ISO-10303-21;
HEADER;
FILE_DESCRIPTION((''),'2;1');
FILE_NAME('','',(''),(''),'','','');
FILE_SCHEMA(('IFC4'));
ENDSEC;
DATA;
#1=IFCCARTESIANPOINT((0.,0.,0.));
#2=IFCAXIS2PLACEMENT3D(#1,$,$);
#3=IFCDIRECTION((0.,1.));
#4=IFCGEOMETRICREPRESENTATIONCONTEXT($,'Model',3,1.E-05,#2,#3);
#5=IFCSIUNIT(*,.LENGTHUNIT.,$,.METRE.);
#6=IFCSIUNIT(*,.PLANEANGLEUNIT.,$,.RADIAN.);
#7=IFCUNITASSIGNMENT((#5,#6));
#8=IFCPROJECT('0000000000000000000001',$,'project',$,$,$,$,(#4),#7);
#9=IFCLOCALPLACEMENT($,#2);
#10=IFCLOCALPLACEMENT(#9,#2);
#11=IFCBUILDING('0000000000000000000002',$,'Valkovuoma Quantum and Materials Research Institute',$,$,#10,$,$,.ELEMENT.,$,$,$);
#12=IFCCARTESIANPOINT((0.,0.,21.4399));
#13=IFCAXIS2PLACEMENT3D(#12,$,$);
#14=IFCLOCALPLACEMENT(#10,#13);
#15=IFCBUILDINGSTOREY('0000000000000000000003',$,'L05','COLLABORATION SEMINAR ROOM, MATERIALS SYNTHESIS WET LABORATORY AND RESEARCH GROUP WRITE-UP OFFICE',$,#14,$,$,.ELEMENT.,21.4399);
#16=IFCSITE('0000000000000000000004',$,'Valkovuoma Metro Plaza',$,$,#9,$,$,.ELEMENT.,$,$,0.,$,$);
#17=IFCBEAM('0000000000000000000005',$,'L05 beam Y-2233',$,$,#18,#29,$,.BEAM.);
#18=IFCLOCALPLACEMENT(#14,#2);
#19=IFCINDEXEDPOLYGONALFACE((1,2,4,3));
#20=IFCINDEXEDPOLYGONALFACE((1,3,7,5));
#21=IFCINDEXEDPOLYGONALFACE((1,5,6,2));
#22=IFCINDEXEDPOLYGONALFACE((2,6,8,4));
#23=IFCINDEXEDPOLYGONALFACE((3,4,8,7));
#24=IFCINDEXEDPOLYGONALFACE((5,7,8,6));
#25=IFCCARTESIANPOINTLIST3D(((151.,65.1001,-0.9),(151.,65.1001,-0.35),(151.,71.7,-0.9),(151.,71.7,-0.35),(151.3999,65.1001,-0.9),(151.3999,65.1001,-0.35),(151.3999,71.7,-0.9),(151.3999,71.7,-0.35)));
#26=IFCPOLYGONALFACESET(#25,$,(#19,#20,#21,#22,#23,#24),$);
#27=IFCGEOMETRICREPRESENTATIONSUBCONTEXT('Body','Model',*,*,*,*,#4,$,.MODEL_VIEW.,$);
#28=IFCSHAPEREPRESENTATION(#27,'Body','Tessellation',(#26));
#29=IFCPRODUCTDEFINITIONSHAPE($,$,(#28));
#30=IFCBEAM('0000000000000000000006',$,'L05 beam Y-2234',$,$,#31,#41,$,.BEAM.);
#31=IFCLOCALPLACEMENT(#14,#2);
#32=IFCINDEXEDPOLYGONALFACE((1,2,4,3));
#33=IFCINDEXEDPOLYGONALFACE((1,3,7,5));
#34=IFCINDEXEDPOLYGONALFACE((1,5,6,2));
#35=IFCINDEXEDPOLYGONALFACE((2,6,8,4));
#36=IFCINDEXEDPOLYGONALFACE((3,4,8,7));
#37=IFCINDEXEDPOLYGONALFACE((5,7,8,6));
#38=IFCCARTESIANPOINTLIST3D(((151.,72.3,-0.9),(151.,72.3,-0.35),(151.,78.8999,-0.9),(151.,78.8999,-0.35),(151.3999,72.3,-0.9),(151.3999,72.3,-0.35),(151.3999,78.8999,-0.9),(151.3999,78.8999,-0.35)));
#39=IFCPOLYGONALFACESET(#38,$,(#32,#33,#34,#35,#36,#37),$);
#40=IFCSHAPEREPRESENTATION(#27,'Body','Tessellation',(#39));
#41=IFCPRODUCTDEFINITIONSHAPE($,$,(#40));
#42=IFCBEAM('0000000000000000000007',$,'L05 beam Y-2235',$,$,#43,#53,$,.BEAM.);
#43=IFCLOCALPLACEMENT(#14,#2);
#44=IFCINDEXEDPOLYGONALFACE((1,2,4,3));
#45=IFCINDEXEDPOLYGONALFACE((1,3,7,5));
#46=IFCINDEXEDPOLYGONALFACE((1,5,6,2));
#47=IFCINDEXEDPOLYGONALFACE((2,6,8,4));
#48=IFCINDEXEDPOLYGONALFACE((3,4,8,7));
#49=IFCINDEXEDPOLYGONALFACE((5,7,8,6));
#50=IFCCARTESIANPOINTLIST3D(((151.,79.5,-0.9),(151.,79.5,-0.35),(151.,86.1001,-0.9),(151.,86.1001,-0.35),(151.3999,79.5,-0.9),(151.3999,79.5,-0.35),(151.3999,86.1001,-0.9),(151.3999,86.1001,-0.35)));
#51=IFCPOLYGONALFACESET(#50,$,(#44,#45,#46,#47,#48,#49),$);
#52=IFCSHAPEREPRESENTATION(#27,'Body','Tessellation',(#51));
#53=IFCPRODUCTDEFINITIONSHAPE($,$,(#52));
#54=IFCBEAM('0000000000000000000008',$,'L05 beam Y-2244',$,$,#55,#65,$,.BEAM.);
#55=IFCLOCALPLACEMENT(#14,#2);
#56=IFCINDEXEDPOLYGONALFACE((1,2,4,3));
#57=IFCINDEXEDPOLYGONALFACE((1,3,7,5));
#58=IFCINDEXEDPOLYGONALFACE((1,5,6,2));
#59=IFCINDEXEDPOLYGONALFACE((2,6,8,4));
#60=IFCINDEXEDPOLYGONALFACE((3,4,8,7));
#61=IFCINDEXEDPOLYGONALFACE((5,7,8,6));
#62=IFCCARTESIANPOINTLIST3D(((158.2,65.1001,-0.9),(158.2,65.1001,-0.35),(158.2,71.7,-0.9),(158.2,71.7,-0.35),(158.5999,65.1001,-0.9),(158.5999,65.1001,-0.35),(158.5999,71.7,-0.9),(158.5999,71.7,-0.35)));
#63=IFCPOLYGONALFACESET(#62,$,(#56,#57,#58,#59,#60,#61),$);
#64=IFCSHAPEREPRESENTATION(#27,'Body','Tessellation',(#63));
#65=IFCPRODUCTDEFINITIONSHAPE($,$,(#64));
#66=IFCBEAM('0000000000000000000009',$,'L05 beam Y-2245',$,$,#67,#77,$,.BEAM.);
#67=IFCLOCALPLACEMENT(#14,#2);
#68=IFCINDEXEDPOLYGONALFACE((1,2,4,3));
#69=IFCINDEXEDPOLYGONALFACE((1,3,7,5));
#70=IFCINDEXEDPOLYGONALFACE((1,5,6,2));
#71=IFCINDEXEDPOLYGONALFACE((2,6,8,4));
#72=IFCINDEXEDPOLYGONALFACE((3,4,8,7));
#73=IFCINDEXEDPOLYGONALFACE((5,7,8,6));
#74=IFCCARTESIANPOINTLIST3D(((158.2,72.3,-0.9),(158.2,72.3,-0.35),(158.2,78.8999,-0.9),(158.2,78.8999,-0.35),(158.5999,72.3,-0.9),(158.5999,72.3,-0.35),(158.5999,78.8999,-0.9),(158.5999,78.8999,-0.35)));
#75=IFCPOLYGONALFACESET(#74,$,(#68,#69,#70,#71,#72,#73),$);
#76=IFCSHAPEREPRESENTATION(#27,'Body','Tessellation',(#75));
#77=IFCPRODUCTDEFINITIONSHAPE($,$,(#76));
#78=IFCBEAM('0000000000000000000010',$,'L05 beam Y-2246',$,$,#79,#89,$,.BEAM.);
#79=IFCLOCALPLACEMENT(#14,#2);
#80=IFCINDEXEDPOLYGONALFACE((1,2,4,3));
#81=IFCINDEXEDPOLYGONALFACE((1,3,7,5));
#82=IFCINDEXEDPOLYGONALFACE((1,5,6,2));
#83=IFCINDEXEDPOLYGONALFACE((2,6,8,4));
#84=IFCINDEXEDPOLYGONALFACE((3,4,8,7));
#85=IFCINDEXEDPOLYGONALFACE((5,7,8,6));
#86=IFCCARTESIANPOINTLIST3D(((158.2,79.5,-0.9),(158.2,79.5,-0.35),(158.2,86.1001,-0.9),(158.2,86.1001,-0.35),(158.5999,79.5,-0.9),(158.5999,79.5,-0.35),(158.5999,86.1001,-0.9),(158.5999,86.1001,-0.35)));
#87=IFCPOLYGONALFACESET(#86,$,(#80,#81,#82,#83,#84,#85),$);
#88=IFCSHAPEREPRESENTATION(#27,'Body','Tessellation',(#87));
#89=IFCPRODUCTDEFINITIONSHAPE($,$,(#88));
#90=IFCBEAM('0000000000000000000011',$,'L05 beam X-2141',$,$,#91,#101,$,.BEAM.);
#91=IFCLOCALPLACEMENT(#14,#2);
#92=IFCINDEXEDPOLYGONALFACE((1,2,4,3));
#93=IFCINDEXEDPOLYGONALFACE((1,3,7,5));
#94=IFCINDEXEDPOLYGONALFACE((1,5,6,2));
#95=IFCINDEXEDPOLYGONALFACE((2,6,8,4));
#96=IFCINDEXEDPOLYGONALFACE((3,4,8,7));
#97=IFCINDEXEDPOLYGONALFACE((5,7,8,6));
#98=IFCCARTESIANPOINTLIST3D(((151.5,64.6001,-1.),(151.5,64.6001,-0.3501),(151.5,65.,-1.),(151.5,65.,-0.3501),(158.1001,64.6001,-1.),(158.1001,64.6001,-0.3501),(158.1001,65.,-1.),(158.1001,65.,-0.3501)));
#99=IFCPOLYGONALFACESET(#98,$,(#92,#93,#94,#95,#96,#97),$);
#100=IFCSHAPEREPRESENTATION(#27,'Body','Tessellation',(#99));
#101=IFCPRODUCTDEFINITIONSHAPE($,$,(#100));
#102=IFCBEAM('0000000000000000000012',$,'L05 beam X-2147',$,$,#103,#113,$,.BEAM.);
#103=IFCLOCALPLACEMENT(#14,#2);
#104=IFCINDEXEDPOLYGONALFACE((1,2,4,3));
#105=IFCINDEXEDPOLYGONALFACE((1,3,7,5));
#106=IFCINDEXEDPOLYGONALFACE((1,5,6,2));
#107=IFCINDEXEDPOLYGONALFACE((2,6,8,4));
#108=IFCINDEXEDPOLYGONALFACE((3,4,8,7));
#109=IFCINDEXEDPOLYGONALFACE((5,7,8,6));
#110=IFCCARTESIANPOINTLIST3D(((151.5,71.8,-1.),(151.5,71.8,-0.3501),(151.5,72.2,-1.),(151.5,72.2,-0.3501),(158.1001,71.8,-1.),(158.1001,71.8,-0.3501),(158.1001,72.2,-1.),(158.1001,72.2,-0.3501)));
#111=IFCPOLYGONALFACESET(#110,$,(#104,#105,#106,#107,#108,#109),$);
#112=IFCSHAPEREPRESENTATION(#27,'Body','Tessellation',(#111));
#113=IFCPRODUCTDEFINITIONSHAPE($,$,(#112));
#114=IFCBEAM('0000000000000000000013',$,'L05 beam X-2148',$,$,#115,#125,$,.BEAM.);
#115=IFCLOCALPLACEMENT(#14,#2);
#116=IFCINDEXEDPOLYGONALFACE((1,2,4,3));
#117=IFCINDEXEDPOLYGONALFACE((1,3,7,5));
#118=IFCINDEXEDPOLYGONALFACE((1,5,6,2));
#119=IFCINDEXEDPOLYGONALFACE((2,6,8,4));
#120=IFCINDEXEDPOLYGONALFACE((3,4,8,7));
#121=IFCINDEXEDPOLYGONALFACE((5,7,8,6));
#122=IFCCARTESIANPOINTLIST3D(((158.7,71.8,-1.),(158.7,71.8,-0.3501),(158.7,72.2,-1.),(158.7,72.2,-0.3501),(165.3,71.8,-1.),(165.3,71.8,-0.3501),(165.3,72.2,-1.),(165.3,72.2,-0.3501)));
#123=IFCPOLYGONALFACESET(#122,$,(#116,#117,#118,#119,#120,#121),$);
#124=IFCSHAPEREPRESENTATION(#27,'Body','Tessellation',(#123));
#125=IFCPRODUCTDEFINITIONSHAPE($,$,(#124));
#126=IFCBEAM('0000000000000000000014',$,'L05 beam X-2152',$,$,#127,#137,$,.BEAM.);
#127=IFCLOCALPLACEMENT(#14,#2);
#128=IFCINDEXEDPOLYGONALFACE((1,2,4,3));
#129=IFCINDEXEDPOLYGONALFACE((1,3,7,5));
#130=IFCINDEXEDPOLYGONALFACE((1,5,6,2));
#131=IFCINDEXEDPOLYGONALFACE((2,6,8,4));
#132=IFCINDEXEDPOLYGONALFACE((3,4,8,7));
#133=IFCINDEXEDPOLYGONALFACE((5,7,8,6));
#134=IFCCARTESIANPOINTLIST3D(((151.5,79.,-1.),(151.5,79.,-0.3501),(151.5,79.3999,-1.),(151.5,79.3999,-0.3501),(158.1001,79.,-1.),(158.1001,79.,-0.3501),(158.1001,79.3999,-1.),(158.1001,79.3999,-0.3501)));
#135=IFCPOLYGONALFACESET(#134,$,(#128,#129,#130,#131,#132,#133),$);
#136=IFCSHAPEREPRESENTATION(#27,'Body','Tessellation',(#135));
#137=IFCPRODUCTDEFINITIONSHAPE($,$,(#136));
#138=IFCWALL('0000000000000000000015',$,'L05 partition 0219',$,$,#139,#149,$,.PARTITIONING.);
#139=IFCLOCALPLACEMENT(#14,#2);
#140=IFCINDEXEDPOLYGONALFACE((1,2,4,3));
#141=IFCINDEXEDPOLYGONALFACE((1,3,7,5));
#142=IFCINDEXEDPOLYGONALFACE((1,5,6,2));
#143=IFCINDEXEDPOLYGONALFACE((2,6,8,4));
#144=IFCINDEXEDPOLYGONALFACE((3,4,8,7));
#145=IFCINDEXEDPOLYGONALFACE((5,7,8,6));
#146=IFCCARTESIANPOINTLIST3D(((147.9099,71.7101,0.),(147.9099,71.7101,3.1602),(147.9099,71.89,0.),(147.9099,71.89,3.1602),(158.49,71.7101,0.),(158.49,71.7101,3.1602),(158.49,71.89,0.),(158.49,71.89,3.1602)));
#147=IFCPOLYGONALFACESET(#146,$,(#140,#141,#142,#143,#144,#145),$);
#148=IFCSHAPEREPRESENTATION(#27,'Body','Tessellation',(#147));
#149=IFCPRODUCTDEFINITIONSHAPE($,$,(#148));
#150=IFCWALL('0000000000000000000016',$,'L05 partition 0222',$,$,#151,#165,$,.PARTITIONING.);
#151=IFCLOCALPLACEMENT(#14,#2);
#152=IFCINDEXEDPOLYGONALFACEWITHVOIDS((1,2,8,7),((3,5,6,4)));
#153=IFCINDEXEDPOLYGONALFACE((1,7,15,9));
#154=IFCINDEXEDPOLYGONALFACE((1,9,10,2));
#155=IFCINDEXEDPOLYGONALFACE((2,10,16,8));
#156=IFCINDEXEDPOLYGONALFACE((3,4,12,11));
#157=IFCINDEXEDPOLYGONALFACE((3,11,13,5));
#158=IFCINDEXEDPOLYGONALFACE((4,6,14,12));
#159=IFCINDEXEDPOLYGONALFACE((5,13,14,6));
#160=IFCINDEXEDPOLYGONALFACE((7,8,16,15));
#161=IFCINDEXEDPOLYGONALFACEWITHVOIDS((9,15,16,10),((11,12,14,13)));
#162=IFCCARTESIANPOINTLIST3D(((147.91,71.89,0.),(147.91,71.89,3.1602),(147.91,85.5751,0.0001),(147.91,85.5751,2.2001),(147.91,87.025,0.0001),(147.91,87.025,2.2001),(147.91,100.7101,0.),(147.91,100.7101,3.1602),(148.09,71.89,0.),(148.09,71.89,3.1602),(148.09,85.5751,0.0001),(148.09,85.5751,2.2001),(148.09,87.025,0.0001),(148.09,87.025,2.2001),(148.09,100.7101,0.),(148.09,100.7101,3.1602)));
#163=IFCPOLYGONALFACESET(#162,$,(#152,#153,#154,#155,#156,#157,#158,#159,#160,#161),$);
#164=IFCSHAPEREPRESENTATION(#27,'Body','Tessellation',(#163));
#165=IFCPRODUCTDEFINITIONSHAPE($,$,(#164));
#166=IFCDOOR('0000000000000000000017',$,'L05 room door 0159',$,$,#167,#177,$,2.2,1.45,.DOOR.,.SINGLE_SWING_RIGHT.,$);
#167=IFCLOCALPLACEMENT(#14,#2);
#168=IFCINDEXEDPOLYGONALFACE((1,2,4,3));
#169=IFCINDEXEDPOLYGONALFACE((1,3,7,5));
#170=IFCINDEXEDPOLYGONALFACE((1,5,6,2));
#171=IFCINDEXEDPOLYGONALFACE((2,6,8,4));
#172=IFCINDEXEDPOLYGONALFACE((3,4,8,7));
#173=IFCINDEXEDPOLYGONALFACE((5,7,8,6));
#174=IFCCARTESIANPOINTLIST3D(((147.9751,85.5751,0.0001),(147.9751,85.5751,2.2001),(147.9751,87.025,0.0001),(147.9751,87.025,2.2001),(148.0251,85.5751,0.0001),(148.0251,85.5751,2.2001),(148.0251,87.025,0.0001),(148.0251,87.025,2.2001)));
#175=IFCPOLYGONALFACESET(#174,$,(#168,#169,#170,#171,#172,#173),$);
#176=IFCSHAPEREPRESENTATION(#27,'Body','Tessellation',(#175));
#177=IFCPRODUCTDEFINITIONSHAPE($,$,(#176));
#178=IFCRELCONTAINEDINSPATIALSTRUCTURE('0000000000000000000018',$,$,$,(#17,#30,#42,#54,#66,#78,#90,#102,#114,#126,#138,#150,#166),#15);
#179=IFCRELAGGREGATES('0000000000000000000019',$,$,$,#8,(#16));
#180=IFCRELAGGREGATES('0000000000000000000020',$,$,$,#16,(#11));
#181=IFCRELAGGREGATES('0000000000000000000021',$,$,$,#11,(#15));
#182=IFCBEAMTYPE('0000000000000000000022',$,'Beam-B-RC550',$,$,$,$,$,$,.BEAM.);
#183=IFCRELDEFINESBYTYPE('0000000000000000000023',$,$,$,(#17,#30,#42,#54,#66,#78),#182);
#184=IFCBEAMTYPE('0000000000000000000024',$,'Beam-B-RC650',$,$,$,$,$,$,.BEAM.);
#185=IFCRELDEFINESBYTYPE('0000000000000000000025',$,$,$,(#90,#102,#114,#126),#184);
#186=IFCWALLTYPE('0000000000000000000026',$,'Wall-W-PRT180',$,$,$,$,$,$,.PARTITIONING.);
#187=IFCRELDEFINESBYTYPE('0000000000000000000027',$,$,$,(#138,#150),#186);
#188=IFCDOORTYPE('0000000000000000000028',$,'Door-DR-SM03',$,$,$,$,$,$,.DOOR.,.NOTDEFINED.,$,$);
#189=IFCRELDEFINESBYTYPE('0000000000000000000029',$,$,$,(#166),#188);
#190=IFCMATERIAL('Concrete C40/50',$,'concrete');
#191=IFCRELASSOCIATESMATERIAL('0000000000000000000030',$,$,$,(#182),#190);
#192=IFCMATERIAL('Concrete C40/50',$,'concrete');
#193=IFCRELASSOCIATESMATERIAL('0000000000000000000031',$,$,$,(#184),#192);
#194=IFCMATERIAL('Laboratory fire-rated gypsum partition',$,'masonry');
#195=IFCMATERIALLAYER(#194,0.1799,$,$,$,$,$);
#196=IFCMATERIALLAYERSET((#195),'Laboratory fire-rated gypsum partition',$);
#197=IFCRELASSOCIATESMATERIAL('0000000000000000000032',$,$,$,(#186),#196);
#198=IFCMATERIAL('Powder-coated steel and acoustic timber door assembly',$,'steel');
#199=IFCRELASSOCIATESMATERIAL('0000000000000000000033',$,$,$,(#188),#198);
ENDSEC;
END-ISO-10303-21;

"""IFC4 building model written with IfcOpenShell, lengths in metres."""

from ifc_helpers import new_model, si_unit, direction, frame, frame_2d, origin, origin_2d, place, context, subcontext, project, spatial, rectangle, extrude, material, layer, layer_set, material_profile, profile_set, type_object, element, fill, save


model = new_model("IFC4")

# Units and contexts
model_context = context("Model", 3, precision=1e-05, world=origin(), true_north=direction((0.0, 1.0)))
body_context = subcontext(model_context, "Body", "Model", "MODEL_VIEW")
ifc_project = project(units=[si_unit("LENGTHUNIT", "METRE"), si_unit("PLANEANGLEUNIT", "RADIAN")], contexts=[model_context])

# Site, building, storey
site_placement = place(None, origin())
site = spatial("IfcSite", under=ifc_project, at=site_placement, Name="Valkovuoma Metro Plaza", CompositionType="ELEMENT", RefElevation=0.0)
building_placement = place(site_placement, origin())
building = spatial("IfcBuilding", under=site, at=building_placement, Name="Valkovuoma Quantum and Materials Research Institute", CompositionType="ELEMENT")
storey_placement = place(building_placement, frame((0.0, 0.0, 21.4399)))
storey = spatial("IfcBuildingStorey", under=building, at=storey_placement, Name="L05", Description="COLLABORATION SEMINAR ROOM, MATERIALS SYNTHESIS WET LABORATORY AND RESEARCH GROUP WRITE-UP OFFICE", CompositionType="ELEMENT", Elevation=21.4399)

# Beams
ifc_material_1 = material(Name="Concrete C40/50", Category="concrete")
ifc_material_profile_1 = material_profile(ifc_material_1, rectangle(XDim=0.3999, YDim=0.55, at=origin_2d()), Name="Concrete C40/50")
ifc_profile_set_1 = profile_set([ifc_material_profile_1], Name="Concrete C40/50")
beam_type_1 = type_object("IfcBeamType", Name="Beam-B-RC550", PredefinedType="BEAM", material=ifc_profile_set_1)
for number, where, z_axis, x_axis, name in (
    (1, (151.2, 65.1001, -0.625), (0.0, 1.0, 0.0), (-1.0, 0.0, 0.0), "L05 beam Y-2233"),
    (2, (151.2, 72.3, -0.625), (0.0, 1.0, 0.0), (-1.0, 0.0, 0.0), "L05 beam Y-2234"),
):
    element("IfcBeam", number, at=place(storey_placement, frame(where, z_axis=z_axis, x_axis=x_axis)), inside=storey, type_object=beam_type_1, Name=name, PredefinedType="BEAM", context=body_context, shape_type="SweptSolid", body=[
        extrude(rectangle(XDim=0.3999, YDim=0.55, at=origin_2d()), origin(), (0.0, 0.0, 1.0), 6.5999),
    ])
beam_1_placement = place(storey_placement, frame((151.2, 79.5, -0.625), z_axis=(0.0, 1.0, 0.0), x_axis=(-1.0, 0.0, 0.0)))
element("IfcBeam", 3, at=beam_1_placement, inside=storey, type_object=beam_type_1, Name="L05 beam Y-2235", PredefinedType="BEAM", context=body_context, shape_type="SweptSolid", body=[
    extrude(rectangle(XDim=0.3999, YDim=0.55, at=origin_2d()), origin(), (0.0, 0.0, 1.0), 6.6001),
])
for number, where, z_axis, x_axis, name in (
    (4, (158.3999, 65.1001, -0.625), (0.0, 1.0, 0.0), (-1.0, 0.0, 0.0), "L05 beam Y-2244"),
    (5, (158.3999, 72.3, -0.625), (0.0, 1.0, 0.0), (-1.0, 0.0, 0.0), "L05 beam Y-2245"),
):
    element("IfcBeam", number, at=place(storey_placement, frame(where, z_axis=z_axis, x_axis=x_axis)), inside=storey, type_object=beam_type_1, Name=name, PredefinedType="BEAM", context=body_context, shape_type="SweptSolid", body=[
        extrude(rectangle(XDim=0.3999, YDim=0.55, at=origin_2d()), origin(), (0.0, 0.0, 1.0), 6.5999),
    ])
beam_2_placement = place(storey_placement, frame((158.3999, 79.5, -0.625), z_axis=(0.0, 1.0, 0.0), x_axis=(-1.0, 0.0, 0.0)))
element("IfcBeam", 6, at=beam_2_placement, inside=storey, type_object=beam_type_1, Name="L05 beam Y-2246", PredefinedType="BEAM", context=body_context, shape_type="SweptSolid", body=[
    extrude(rectangle(XDim=0.3999, YDim=0.55, at=origin_2d()), origin(), (0.0, 0.0, 1.0), 6.6001),
])
ifc_material_2 = material(Name="Concrete C40/50", Category="concrete")
ifc_material_profile_2 = material_profile(ifc_material_2, rectangle(XDim=0.3999, YDim=0.6499, at=origin_2d()), Name="Concrete C40/50")
ifc_profile_set_2 = profile_set([ifc_material_profile_2], Name="Concrete C40/50")
beam_type_2 = type_object("IfcBeamType", Name="Beam-B-RC650", PredefinedType="BEAM", material=ifc_profile_set_2)
for number, where, z_axis, x_axis, name in (
    (7, (151.5, 64.8, -0.675), (1.0, 0.0, 0.0), (0.0, 1.0, 0.0), "L05 beam X-2141"),
    (8, (151.5, 72.0, -0.675), (1.0, 0.0, 0.0), (0.0, 1.0, 0.0), "L05 beam X-2147"),
    (9, (158.7, 72.0, -0.675), (1.0, 0.0, 0.0), (0.0, 1.0, 0.0), "L05 beam X-2148"),
    (10, (151.5, 79.2, -0.675), (1.0, 0.0, 0.0), (0.0, 1.0, 0.0), "L05 beam X-2152"),
):
    element("IfcBeam", number, at=place(storey_placement, frame(where, z_axis=z_axis, x_axis=x_axis)), inside=storey, type_object=beam_type_2, Name=name, PredefinedType="BEAM", context=body_context, shape_type="SweptSolid", body=[
        extrude(rectangle(XDim=0.3999, YDim=0.6499, at=origin_2d()), origin(), (0.0, 0.0, 1.0), 6.6001),
    ])

# Wall
ifc_material_3 = material(Name="Laboratory fire-rated gypsum partition", Category="masonry")
ifc_layer = layer(ifc_material_3, 0.1799)
ifc_layer_set = layer_set([ifc_layer], Name="Laboratory fire-rated gypsum partition")
wall_type = type_object("IfcWallType", Name="Wall-W-PRT180", PredefinedType="PARTITIONING", material=ifc_layer_set)
wall_1_placement = place(storey_placement, frame((147.9099, 71.8, 0.0), z_axis=(0.0, 0.0, 1.0), x_axis=(1.0, 0.0, 0.0)))
element("IfcWall", 11, at=wall_1_placement, inside=storey, type_object=wall_type, Name="L05 partition 0219", PredefinedType="PARTITIONING", context=body_context, shape_type="SweptSolid", body=[
    extrude(rectangle(XDim=10.5801, YDim=0.1799, at=frame_2d((5.29, 0.0))), origin(), (0.0, 0.0, 1.0), 3.1602),
])

# Wall, opening, door
wall_2_placement = place(storey_placement, frame((148.0, 71.8899, 0.0), z_axis=(0.0, 0.0, 1.0), x_axis=(0.0, 1.0, 0.0)))
wall_2 = element("IfcWall", 12, at=wall_2_placement, inside=storey, type_object=wall_type, Name="L05 partition 0222", PredefinedType="PARTITIONING", context=body_context, shape_type="SweptSolid", body=[
    extrude(rectangle(XDim=28.8201, YDim=0.1799, at=frame_2d((14.4102, 0.0))), origin(), (0.0, 0.0, 1.0), 3.1602),
])
opening_placement = place(wall_2_placement, frame((13.6851, 0.0, 0.0)))
opening = element("IfcOpeningElement", 13, at=opening_placement, cuts=wall_2, PredefinedType="OPENING", context=body_context, shape_type="SweptSolid", body=[
    extrude(rectangle(XDim=1.45, YDim=2.2, at=frame_2d((0.7251, 1.1001))), frame((0.0, 0.1001, 0.0), z_axis=(0.0, -1.0, 0.0), x_axis=(1.0, 0.0, 0.0)), (0.0, 0.0, 1.0), 0.2),
])
ifc_material_4 = material(Name="Powder-coated steel and acoustic timber door assembly", Category="steel")
door_type = type_object("IfcDoorType", Name="Door-DR-SM03", OperationType="NOTDEFINED", PredefinedType="DOOR", material=ifc_material_4)
door_placement = place(opening_placement, origin())
door = element("IfcDoor", 14, at=door_placement, inside=storey, type_object=door_type, Name="L05 room door 0159", OperationType="SINGLE_SWING_RIGHT", OverallHeight=2.2, OverallWidth=1.45, PredefinedType="DOOR", context=body_context, shape_type="SweptSolid", body=[
    extrude(rectangle(XDim=1.45, YDim=2.2, at=frame_2d((0.7251, 1.1001))), frame((0.0, 0.0249, 0.0), z_axis=(0.0, -1.0, 0.0), x_axis=(1.0, 0.0, 0.0)), (0.0, 0.0, 1.0), 0.05),
])
fill(opening, door)

save(model, "model.ifc")
